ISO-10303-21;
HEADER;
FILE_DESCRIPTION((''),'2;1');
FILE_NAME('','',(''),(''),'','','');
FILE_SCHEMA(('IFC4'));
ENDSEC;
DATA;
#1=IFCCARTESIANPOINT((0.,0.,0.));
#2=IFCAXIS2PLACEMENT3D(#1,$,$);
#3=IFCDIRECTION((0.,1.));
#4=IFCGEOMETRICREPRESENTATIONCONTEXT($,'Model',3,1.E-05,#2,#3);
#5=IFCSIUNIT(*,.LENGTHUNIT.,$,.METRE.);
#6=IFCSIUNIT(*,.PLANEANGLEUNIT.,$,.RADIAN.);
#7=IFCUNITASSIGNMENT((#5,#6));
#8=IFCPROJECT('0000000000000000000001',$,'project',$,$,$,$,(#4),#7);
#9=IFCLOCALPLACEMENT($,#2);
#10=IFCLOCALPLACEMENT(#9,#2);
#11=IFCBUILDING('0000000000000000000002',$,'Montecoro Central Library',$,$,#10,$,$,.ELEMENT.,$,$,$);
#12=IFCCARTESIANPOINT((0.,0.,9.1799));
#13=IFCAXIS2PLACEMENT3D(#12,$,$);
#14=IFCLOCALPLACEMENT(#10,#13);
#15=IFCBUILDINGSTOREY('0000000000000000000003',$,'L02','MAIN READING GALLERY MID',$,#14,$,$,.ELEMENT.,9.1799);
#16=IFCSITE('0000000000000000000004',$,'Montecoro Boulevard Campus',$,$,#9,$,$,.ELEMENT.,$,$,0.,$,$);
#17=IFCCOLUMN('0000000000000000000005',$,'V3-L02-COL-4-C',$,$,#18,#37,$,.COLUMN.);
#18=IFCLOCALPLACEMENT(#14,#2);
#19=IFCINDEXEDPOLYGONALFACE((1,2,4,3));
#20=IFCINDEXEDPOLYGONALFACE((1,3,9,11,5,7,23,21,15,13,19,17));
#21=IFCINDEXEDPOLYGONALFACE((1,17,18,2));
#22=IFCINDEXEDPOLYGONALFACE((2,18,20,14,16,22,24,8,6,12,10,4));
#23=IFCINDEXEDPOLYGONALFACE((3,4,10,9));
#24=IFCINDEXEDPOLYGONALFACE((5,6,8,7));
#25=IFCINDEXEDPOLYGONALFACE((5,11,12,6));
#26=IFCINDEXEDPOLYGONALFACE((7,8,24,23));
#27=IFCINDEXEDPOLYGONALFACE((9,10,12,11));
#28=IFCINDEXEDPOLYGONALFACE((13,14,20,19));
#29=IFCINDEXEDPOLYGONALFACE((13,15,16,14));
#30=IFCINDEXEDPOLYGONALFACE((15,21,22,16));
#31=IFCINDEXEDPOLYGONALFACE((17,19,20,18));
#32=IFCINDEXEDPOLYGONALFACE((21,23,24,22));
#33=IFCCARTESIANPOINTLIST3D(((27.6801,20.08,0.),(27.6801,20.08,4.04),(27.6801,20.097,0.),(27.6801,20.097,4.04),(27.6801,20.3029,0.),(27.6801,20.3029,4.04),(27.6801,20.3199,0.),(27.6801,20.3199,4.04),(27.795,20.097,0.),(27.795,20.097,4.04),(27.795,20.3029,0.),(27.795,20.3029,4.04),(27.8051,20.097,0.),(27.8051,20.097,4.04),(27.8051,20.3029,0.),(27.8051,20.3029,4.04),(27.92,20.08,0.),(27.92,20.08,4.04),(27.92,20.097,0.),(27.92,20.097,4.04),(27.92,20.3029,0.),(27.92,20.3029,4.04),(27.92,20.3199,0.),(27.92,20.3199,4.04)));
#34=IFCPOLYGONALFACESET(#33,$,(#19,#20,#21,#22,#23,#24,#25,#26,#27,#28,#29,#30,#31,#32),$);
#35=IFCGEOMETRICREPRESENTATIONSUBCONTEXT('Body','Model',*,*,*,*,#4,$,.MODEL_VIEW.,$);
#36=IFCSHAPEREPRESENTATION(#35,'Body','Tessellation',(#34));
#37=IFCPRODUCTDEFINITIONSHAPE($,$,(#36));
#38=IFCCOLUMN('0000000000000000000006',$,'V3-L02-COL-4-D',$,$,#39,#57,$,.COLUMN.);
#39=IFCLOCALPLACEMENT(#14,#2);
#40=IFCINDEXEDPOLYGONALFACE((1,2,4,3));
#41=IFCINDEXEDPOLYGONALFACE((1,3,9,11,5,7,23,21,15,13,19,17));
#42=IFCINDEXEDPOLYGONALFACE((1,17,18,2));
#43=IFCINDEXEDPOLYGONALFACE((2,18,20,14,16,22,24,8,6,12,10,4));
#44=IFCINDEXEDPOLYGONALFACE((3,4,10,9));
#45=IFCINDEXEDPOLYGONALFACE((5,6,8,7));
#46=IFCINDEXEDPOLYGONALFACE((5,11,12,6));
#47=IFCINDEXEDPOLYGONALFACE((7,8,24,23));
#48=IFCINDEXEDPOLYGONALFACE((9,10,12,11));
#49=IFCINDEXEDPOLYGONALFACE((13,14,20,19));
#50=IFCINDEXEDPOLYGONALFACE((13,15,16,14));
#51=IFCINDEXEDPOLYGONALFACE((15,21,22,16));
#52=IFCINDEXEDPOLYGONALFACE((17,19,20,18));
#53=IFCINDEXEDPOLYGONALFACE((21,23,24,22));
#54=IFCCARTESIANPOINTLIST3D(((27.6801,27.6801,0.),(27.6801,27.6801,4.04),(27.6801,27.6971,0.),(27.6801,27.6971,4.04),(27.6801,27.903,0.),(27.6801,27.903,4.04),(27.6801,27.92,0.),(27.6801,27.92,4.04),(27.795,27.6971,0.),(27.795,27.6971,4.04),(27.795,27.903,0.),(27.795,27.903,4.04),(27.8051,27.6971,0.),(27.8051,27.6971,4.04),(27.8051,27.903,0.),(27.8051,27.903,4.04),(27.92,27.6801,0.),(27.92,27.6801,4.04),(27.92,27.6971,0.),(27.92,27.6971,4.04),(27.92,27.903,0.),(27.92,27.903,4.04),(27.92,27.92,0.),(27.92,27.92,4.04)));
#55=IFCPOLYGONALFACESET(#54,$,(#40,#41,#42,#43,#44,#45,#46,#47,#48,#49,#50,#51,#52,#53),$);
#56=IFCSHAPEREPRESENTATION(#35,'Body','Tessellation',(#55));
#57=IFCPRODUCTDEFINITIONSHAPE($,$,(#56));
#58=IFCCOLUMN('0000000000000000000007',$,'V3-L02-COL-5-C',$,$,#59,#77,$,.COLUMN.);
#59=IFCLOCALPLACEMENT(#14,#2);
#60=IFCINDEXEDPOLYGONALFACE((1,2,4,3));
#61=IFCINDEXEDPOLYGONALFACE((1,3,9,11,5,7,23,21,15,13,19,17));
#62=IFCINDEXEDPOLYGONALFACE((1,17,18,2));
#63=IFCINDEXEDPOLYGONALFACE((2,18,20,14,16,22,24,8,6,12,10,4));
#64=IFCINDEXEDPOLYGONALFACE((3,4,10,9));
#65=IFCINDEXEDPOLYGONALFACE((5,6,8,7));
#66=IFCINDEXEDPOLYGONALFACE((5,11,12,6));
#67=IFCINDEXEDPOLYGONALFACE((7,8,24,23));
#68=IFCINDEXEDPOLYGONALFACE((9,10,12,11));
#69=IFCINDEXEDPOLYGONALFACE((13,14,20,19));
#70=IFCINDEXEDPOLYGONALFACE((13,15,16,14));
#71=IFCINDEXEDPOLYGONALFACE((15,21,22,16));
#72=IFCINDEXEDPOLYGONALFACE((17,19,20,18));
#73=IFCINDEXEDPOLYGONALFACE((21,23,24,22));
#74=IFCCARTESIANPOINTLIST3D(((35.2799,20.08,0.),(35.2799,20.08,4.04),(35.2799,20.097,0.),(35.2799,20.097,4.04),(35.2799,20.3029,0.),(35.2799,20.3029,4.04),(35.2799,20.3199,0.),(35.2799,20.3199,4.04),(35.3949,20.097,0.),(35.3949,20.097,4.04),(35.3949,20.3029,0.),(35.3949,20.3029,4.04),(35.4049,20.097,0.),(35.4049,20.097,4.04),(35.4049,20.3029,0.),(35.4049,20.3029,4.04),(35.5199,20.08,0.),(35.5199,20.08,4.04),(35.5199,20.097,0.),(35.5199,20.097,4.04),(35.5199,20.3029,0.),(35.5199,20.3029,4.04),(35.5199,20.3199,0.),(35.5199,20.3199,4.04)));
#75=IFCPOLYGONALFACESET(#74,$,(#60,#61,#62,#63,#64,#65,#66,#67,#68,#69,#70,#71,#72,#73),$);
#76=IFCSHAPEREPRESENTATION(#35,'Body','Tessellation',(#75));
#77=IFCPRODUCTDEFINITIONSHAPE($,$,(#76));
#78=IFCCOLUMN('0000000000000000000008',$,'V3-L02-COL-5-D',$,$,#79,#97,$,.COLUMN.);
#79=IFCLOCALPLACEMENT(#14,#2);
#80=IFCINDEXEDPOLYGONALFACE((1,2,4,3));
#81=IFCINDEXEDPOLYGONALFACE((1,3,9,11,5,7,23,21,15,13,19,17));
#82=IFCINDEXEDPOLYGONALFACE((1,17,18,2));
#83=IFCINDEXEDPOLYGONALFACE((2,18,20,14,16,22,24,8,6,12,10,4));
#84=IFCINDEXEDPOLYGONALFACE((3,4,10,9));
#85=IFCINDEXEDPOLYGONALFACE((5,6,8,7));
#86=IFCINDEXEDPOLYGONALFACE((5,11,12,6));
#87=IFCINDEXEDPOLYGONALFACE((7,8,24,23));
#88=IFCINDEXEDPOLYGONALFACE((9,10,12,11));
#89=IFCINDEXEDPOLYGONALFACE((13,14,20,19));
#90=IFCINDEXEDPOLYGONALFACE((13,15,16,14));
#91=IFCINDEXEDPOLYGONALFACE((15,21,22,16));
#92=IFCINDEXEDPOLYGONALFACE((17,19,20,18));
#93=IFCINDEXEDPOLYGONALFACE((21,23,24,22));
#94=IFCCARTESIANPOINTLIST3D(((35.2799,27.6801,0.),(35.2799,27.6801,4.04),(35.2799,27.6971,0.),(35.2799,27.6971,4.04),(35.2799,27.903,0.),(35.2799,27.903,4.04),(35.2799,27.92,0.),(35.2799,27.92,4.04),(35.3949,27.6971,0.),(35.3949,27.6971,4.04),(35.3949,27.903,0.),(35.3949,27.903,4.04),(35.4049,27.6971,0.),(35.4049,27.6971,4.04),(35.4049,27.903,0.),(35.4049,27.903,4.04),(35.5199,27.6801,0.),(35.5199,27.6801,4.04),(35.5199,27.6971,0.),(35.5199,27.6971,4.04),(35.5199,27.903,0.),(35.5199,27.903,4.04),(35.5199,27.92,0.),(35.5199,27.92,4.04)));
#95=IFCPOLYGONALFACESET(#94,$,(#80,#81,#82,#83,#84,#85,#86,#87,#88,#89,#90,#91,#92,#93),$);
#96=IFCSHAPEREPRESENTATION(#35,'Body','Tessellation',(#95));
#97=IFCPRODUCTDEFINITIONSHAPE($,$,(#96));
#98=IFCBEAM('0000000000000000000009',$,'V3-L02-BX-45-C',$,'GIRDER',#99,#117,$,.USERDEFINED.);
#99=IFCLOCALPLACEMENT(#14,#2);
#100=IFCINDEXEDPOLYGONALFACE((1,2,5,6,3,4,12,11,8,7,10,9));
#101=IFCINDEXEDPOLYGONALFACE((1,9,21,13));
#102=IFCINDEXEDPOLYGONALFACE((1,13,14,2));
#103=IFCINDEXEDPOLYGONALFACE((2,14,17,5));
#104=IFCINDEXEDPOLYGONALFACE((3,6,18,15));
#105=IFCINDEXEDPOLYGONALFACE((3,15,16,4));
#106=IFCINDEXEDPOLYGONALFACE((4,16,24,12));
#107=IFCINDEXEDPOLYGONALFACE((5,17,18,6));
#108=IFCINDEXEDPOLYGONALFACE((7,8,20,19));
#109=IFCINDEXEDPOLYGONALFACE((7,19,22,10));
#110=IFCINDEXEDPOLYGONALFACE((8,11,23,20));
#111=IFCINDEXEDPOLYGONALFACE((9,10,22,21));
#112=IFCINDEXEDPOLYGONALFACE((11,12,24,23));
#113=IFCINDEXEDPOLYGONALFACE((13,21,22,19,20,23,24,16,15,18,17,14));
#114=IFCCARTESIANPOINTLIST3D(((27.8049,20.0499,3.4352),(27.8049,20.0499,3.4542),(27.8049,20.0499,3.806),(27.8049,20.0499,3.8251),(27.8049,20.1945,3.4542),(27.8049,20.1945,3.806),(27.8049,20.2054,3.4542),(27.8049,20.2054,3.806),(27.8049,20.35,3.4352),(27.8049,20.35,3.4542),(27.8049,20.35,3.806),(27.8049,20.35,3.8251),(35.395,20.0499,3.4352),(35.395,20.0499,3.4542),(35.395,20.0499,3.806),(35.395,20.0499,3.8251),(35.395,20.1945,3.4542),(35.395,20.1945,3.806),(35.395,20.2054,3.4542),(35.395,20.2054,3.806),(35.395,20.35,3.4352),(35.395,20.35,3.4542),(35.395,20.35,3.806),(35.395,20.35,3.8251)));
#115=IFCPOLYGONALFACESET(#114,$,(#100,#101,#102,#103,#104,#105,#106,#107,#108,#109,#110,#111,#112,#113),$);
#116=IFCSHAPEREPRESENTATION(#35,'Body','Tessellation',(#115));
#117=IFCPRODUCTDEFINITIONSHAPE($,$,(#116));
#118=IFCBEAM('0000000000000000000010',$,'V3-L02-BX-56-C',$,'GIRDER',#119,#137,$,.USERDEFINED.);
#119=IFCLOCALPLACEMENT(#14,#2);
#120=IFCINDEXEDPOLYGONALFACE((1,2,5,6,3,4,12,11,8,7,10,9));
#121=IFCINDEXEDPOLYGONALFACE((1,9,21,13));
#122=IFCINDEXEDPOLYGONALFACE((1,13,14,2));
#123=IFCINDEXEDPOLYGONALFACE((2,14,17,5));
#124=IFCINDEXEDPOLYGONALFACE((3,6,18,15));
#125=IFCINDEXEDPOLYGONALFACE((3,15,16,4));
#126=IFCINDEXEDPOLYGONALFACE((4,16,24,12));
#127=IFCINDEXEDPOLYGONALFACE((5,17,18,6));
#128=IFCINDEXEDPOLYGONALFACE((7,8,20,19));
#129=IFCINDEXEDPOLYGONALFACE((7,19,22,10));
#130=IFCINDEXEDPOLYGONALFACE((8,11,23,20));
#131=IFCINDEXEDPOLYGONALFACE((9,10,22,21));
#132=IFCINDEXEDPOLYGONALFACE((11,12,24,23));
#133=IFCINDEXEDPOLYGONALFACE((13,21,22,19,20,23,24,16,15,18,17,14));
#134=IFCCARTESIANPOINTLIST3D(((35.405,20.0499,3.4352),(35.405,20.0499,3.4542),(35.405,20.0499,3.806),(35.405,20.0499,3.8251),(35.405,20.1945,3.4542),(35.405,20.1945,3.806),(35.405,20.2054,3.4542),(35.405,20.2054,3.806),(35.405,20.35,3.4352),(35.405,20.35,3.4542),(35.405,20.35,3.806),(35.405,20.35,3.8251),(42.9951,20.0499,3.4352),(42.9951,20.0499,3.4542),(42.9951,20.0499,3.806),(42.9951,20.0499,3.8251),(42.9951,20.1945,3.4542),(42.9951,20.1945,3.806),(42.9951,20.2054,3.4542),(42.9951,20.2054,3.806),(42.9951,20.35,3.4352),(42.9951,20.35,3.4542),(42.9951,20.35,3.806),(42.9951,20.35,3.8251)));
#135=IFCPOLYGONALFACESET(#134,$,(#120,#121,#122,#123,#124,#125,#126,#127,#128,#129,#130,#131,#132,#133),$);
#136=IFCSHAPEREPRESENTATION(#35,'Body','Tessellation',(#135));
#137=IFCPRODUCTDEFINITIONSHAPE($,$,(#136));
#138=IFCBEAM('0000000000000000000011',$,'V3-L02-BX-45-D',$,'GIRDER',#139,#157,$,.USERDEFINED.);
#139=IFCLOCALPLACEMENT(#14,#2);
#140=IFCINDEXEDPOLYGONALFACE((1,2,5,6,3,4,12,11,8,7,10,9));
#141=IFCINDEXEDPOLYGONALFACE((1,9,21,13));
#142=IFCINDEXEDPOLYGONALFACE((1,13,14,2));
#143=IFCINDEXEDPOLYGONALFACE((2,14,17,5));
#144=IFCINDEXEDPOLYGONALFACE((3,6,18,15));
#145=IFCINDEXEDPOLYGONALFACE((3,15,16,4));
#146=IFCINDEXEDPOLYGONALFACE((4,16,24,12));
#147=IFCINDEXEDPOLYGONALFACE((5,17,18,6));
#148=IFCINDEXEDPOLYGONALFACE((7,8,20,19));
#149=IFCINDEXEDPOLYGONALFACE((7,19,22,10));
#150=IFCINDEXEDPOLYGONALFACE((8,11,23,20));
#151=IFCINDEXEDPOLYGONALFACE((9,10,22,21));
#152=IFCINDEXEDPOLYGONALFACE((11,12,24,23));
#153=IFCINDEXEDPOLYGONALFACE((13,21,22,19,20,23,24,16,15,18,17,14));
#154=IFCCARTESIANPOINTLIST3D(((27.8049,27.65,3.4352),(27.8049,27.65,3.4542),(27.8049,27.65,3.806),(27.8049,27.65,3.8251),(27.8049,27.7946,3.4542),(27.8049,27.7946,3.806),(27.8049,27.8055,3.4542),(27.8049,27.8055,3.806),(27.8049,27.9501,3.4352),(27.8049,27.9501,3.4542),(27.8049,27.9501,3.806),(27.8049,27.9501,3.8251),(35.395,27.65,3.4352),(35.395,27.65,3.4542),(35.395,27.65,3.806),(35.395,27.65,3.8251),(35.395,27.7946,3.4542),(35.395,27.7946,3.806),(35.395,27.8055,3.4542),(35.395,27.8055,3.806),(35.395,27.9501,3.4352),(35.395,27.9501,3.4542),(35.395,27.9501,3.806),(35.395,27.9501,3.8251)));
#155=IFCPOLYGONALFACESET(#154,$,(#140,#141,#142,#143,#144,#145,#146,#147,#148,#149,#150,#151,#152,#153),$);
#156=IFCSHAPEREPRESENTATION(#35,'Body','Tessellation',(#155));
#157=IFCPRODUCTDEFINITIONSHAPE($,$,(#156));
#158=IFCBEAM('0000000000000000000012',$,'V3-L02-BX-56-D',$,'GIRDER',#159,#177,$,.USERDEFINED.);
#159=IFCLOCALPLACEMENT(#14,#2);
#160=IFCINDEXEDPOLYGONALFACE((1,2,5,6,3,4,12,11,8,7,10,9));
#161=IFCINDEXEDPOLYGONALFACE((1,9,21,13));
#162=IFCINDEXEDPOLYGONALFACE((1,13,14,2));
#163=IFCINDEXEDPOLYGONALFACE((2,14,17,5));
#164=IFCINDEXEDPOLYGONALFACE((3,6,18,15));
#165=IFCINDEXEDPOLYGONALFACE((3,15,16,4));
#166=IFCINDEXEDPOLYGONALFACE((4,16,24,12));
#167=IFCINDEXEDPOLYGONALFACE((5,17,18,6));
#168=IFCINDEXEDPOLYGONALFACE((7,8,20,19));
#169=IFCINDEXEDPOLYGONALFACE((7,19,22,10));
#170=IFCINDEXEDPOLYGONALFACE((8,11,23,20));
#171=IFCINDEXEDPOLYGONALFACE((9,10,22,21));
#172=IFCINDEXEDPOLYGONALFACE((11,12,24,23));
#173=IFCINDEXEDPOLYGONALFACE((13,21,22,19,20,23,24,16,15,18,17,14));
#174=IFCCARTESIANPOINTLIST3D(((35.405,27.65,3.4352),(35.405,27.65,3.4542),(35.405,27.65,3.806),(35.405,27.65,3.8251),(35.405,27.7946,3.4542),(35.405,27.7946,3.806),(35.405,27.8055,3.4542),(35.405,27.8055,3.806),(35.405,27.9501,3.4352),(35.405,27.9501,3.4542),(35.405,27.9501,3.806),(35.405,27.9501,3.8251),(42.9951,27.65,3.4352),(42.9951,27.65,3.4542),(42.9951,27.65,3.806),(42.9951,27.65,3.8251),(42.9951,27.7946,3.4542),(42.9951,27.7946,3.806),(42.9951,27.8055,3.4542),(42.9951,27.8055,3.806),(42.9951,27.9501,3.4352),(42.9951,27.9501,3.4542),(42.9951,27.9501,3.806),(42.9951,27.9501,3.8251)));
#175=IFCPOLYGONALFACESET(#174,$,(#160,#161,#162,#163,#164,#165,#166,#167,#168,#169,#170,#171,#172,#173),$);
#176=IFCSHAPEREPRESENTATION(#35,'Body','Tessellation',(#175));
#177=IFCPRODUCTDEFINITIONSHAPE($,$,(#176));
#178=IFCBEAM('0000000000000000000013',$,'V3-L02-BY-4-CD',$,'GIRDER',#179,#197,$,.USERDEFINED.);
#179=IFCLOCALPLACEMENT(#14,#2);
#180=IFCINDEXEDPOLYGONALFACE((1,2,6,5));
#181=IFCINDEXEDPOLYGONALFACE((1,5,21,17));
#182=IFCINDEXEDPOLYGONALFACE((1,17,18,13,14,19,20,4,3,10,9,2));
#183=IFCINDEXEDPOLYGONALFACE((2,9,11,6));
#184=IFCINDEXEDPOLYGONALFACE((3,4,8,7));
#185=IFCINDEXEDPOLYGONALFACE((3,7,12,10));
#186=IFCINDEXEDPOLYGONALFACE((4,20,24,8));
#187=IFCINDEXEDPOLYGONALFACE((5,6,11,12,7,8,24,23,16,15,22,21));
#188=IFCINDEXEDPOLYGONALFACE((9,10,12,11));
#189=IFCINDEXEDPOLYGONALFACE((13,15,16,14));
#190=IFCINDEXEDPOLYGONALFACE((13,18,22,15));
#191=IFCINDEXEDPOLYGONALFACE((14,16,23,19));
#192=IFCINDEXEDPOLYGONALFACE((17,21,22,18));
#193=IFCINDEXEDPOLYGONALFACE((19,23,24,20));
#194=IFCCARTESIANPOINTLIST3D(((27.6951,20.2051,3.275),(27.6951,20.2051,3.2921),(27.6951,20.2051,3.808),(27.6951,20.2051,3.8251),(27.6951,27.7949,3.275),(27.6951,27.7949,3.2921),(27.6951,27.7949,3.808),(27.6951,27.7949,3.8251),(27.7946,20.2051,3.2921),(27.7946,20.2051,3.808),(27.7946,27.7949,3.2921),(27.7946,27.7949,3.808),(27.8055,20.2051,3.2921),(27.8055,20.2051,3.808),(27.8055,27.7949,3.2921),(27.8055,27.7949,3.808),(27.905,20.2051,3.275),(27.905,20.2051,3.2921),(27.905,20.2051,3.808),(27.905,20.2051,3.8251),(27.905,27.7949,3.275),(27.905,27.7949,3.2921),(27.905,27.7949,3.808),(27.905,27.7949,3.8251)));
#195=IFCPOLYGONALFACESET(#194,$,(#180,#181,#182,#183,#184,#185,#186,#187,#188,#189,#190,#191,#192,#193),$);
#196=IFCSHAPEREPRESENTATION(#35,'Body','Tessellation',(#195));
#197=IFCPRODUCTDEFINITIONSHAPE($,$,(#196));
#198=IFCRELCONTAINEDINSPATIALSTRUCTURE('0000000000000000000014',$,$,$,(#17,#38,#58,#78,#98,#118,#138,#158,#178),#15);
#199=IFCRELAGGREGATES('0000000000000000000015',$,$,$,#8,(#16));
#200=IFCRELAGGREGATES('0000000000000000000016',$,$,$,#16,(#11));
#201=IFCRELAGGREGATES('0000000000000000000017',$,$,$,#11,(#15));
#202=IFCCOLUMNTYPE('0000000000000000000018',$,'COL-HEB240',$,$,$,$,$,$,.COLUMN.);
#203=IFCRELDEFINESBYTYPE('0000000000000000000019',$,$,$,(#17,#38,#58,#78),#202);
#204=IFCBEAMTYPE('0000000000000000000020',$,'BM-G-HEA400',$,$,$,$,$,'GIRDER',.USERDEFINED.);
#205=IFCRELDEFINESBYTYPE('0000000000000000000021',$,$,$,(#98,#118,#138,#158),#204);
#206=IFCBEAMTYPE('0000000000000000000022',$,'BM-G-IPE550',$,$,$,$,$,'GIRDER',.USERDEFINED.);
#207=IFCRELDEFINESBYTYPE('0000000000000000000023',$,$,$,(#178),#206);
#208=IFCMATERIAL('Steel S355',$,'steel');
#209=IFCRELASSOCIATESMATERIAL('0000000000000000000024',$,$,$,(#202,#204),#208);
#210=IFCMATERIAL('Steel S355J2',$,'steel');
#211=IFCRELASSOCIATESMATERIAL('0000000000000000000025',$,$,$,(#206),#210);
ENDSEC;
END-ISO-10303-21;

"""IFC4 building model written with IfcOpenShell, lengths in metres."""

from ifc_helpers import new_model, si_unit, direction, frame, origin, origin_2d, place, context, subcontext, project, spatial, i_section, extrude, material, material_profile, profile_set, type_object, element, save


model = new_model("IFC4")

# Units and contexts
model_context = context("Model", 3, precision=1e-05, world=origin(), true_north=direction((0.0, 1.0)))
body_context = subcontext(model_context, "Body", "Model", "MODEL_VIEW")
ifc_project = project(units=[si_unit("LENGTHUNIT", "METRE"), si_unit("PLANEANGLEUNIT", "RADIAN")], contexts=[model_context])

# Site, building, storey
site_placement = place(None, origin())
site = spatial("IfcSite", under=ifc_project, at=site_placement, Name="Montecoro Boulevard Campus", CompositionType="ELEMENT", RefElevation=0.0)
building_placement = place(site_placement, origin())
building = spatial("IfcBuilding", under=site, at=building_placement, Name="Montecoro Central Library", CompositionType="ELEMENT")
storey_placement = place(building_placement, frame((0.0, 0.0, 9.1799)))
storey = spatial("IfcBuildingStorey", under=building, at=storey_placement, Name="L02", Description="MAIN READING GALLERY MID", CompositionType="ELEMENT", Elevation=9.1799)

# Columns
ifc_material_1 = material(Name="Steel S355", Category="steel")
ifc_material_profile_1 = material_profile(ifc_material_1, i_section(OverallWidth=0.24, OverallDepth=0.24, WebThickness=0.01, FlangeThickness=0.0171, at=origin_2d()), Name="HEB 240")
ifc_profile_set_1 = profile_set([ifc_material_profile_1], Name="Steel S355")
column_type = type_object("IfcColumnType", Name="COL-HEB240", PredefinedType="COLUMN", material=ifc_profile_set_1)
for number, where, z_axis, x_axis, name in (
    (1, (27.8, 20.2, 0.0), (0.0, 0.0, 1.0), (1.0, 0.0, 0.0), "V3-L02-COL-4-C"),
    (2, (27.8, 27.8, 0.0), (0.0, 0.0, 1.0), (1.0, 0.0, 0.0), "V3-L02-COL-4-D"),
    (3, (35.3999, 20.2, 0.0), (0.0, 0.0, 1.0), (1.0, 0.0, 0.0), "V3-L02-COL-5-C"),
    (4, (35.3999, 27.8, 0.0), (0.0, 0.0, 1.0), (1.0, 0.0, 0.0), "V3-L02-COL-5-D"),
):
    element("IfcColumn", number, at=place(storey_placement, frame(where, z_axis=z_axis, x_axis=x_axis)), inside=storey, type_object=column_type, Name=name, PredefinedType="COLUMN", context=body_context, shape_type="SweptSolid", body=[
        extrude(i_section(OverallWidth=0.24, OverallDepth=0.24, WebThickness=0.01, FlangeThickness=0.0171, at=origin_2d()), origin(), (0.0, 0.0, 1.0), 4.04),
    ])

# Beams
ifc_material_profile_2 = material_profile(ifc_material_1, i_section(OverallWidth=0.3, OverallDepth=0.3899, WebThickness=0.011, FlangeThickness=0.019, at=origin_2d()), Name="HEA 400")
ifc_profile_set_2 = profile_set([ifc_material_profile_2], Name="Steel S355")
beam_type_1 = type_object("IfcBeamType", Name="BM-G-HEA400", ElementType="GIRDER", PredefinedType="USERDEFINED", material=ifc_profile_set_2)
for number, where, z_axis, x_axis, name in (
    (5, (27.8049, 20.2, 3.6301), (1.0, 0.0, 0.0), (0.0, 1.0, 0.0), "V3-L02-BX-45-C"),
    (6, (35.405, 20.2, 3.6301), (1.0, 0.0, 0.0), (0.0, 1.0, 0.0), "V3-L02-BX-56-C"),
    (7, (27.8049, 27.8, 3.6301), (1.0, 0.0, 0.0), (0.0, 1.0, 0.0), "V3-L02-BX-45-D"),
    (8, (35.405, 27.8, 3.6301), (1.0, 0.0, 0.0), (0.0, 1.0, 0.0), "V3-L02-BX-56-D"),
):
    element("IfcBeam", number, at=place(storey_placement, frame(where, z_axis=z_axis, x_axis=x_axis)), inside=storey, type_object=beam_type_1, Name=name, ObjectType="GIRDER", PredefinedType="USERDEFINED", context=body_context, shape_type="SweptSolid", body=[
        extrude(i_section(OverallWidth=0.3, OverallDepth=0.3899, WebThickness=0.011, FlangeThickness=0.019, at=origin_2d()), origin(), (0.0, 0.0, 1.0), 7.5901),
    ])
ifc_material_2 = material(Name="Steel S355J2", Category="steel")
ifc_material_profile_3 = material_profile(ifc_material_2, i_section(OverallWidth=0.21, OverallDepth=0.55, WebThickness=0.011, FlangeThickness=0.0171, at=origin_2d()), Name="IPE 550")
ifc_profile_set_3 = profile_set([ifc_material_profile_3], Name="Steel S355J2")
beam_type_2 = type_object("IfcBeamType", Name="BM-G-IPE550", ElementType="GIRDER", PredefinedType="USERDEFINED", material=ifc_profile_set_3)
beam_1_placement = place(storey_placement, frame((27.8, 20.2051, 3.55), z_axis=(0.0, 1.0, 0.0), x_axis=(-1.0, 0.0, 0.0)))
element("IfcBeam", 9, at=beam_1_placement, inside=storey, type_object=beam_type_2, Name="V3-L02-BY-4-CD", ObjectType="GIRDER", PredefinedType="USERDEFINED", context=body_context, shape_type="SweptSolid", body=[
    extrude(i_section(OverallWidth=0.21, OverallDepth=0.55, WebThickness=0.011, FlangeThickness=0.0171, at=origin_2d()), origin(), (0.0, 0.0, 1.0), 7.5898),
])

save(model, "model.ifc")
